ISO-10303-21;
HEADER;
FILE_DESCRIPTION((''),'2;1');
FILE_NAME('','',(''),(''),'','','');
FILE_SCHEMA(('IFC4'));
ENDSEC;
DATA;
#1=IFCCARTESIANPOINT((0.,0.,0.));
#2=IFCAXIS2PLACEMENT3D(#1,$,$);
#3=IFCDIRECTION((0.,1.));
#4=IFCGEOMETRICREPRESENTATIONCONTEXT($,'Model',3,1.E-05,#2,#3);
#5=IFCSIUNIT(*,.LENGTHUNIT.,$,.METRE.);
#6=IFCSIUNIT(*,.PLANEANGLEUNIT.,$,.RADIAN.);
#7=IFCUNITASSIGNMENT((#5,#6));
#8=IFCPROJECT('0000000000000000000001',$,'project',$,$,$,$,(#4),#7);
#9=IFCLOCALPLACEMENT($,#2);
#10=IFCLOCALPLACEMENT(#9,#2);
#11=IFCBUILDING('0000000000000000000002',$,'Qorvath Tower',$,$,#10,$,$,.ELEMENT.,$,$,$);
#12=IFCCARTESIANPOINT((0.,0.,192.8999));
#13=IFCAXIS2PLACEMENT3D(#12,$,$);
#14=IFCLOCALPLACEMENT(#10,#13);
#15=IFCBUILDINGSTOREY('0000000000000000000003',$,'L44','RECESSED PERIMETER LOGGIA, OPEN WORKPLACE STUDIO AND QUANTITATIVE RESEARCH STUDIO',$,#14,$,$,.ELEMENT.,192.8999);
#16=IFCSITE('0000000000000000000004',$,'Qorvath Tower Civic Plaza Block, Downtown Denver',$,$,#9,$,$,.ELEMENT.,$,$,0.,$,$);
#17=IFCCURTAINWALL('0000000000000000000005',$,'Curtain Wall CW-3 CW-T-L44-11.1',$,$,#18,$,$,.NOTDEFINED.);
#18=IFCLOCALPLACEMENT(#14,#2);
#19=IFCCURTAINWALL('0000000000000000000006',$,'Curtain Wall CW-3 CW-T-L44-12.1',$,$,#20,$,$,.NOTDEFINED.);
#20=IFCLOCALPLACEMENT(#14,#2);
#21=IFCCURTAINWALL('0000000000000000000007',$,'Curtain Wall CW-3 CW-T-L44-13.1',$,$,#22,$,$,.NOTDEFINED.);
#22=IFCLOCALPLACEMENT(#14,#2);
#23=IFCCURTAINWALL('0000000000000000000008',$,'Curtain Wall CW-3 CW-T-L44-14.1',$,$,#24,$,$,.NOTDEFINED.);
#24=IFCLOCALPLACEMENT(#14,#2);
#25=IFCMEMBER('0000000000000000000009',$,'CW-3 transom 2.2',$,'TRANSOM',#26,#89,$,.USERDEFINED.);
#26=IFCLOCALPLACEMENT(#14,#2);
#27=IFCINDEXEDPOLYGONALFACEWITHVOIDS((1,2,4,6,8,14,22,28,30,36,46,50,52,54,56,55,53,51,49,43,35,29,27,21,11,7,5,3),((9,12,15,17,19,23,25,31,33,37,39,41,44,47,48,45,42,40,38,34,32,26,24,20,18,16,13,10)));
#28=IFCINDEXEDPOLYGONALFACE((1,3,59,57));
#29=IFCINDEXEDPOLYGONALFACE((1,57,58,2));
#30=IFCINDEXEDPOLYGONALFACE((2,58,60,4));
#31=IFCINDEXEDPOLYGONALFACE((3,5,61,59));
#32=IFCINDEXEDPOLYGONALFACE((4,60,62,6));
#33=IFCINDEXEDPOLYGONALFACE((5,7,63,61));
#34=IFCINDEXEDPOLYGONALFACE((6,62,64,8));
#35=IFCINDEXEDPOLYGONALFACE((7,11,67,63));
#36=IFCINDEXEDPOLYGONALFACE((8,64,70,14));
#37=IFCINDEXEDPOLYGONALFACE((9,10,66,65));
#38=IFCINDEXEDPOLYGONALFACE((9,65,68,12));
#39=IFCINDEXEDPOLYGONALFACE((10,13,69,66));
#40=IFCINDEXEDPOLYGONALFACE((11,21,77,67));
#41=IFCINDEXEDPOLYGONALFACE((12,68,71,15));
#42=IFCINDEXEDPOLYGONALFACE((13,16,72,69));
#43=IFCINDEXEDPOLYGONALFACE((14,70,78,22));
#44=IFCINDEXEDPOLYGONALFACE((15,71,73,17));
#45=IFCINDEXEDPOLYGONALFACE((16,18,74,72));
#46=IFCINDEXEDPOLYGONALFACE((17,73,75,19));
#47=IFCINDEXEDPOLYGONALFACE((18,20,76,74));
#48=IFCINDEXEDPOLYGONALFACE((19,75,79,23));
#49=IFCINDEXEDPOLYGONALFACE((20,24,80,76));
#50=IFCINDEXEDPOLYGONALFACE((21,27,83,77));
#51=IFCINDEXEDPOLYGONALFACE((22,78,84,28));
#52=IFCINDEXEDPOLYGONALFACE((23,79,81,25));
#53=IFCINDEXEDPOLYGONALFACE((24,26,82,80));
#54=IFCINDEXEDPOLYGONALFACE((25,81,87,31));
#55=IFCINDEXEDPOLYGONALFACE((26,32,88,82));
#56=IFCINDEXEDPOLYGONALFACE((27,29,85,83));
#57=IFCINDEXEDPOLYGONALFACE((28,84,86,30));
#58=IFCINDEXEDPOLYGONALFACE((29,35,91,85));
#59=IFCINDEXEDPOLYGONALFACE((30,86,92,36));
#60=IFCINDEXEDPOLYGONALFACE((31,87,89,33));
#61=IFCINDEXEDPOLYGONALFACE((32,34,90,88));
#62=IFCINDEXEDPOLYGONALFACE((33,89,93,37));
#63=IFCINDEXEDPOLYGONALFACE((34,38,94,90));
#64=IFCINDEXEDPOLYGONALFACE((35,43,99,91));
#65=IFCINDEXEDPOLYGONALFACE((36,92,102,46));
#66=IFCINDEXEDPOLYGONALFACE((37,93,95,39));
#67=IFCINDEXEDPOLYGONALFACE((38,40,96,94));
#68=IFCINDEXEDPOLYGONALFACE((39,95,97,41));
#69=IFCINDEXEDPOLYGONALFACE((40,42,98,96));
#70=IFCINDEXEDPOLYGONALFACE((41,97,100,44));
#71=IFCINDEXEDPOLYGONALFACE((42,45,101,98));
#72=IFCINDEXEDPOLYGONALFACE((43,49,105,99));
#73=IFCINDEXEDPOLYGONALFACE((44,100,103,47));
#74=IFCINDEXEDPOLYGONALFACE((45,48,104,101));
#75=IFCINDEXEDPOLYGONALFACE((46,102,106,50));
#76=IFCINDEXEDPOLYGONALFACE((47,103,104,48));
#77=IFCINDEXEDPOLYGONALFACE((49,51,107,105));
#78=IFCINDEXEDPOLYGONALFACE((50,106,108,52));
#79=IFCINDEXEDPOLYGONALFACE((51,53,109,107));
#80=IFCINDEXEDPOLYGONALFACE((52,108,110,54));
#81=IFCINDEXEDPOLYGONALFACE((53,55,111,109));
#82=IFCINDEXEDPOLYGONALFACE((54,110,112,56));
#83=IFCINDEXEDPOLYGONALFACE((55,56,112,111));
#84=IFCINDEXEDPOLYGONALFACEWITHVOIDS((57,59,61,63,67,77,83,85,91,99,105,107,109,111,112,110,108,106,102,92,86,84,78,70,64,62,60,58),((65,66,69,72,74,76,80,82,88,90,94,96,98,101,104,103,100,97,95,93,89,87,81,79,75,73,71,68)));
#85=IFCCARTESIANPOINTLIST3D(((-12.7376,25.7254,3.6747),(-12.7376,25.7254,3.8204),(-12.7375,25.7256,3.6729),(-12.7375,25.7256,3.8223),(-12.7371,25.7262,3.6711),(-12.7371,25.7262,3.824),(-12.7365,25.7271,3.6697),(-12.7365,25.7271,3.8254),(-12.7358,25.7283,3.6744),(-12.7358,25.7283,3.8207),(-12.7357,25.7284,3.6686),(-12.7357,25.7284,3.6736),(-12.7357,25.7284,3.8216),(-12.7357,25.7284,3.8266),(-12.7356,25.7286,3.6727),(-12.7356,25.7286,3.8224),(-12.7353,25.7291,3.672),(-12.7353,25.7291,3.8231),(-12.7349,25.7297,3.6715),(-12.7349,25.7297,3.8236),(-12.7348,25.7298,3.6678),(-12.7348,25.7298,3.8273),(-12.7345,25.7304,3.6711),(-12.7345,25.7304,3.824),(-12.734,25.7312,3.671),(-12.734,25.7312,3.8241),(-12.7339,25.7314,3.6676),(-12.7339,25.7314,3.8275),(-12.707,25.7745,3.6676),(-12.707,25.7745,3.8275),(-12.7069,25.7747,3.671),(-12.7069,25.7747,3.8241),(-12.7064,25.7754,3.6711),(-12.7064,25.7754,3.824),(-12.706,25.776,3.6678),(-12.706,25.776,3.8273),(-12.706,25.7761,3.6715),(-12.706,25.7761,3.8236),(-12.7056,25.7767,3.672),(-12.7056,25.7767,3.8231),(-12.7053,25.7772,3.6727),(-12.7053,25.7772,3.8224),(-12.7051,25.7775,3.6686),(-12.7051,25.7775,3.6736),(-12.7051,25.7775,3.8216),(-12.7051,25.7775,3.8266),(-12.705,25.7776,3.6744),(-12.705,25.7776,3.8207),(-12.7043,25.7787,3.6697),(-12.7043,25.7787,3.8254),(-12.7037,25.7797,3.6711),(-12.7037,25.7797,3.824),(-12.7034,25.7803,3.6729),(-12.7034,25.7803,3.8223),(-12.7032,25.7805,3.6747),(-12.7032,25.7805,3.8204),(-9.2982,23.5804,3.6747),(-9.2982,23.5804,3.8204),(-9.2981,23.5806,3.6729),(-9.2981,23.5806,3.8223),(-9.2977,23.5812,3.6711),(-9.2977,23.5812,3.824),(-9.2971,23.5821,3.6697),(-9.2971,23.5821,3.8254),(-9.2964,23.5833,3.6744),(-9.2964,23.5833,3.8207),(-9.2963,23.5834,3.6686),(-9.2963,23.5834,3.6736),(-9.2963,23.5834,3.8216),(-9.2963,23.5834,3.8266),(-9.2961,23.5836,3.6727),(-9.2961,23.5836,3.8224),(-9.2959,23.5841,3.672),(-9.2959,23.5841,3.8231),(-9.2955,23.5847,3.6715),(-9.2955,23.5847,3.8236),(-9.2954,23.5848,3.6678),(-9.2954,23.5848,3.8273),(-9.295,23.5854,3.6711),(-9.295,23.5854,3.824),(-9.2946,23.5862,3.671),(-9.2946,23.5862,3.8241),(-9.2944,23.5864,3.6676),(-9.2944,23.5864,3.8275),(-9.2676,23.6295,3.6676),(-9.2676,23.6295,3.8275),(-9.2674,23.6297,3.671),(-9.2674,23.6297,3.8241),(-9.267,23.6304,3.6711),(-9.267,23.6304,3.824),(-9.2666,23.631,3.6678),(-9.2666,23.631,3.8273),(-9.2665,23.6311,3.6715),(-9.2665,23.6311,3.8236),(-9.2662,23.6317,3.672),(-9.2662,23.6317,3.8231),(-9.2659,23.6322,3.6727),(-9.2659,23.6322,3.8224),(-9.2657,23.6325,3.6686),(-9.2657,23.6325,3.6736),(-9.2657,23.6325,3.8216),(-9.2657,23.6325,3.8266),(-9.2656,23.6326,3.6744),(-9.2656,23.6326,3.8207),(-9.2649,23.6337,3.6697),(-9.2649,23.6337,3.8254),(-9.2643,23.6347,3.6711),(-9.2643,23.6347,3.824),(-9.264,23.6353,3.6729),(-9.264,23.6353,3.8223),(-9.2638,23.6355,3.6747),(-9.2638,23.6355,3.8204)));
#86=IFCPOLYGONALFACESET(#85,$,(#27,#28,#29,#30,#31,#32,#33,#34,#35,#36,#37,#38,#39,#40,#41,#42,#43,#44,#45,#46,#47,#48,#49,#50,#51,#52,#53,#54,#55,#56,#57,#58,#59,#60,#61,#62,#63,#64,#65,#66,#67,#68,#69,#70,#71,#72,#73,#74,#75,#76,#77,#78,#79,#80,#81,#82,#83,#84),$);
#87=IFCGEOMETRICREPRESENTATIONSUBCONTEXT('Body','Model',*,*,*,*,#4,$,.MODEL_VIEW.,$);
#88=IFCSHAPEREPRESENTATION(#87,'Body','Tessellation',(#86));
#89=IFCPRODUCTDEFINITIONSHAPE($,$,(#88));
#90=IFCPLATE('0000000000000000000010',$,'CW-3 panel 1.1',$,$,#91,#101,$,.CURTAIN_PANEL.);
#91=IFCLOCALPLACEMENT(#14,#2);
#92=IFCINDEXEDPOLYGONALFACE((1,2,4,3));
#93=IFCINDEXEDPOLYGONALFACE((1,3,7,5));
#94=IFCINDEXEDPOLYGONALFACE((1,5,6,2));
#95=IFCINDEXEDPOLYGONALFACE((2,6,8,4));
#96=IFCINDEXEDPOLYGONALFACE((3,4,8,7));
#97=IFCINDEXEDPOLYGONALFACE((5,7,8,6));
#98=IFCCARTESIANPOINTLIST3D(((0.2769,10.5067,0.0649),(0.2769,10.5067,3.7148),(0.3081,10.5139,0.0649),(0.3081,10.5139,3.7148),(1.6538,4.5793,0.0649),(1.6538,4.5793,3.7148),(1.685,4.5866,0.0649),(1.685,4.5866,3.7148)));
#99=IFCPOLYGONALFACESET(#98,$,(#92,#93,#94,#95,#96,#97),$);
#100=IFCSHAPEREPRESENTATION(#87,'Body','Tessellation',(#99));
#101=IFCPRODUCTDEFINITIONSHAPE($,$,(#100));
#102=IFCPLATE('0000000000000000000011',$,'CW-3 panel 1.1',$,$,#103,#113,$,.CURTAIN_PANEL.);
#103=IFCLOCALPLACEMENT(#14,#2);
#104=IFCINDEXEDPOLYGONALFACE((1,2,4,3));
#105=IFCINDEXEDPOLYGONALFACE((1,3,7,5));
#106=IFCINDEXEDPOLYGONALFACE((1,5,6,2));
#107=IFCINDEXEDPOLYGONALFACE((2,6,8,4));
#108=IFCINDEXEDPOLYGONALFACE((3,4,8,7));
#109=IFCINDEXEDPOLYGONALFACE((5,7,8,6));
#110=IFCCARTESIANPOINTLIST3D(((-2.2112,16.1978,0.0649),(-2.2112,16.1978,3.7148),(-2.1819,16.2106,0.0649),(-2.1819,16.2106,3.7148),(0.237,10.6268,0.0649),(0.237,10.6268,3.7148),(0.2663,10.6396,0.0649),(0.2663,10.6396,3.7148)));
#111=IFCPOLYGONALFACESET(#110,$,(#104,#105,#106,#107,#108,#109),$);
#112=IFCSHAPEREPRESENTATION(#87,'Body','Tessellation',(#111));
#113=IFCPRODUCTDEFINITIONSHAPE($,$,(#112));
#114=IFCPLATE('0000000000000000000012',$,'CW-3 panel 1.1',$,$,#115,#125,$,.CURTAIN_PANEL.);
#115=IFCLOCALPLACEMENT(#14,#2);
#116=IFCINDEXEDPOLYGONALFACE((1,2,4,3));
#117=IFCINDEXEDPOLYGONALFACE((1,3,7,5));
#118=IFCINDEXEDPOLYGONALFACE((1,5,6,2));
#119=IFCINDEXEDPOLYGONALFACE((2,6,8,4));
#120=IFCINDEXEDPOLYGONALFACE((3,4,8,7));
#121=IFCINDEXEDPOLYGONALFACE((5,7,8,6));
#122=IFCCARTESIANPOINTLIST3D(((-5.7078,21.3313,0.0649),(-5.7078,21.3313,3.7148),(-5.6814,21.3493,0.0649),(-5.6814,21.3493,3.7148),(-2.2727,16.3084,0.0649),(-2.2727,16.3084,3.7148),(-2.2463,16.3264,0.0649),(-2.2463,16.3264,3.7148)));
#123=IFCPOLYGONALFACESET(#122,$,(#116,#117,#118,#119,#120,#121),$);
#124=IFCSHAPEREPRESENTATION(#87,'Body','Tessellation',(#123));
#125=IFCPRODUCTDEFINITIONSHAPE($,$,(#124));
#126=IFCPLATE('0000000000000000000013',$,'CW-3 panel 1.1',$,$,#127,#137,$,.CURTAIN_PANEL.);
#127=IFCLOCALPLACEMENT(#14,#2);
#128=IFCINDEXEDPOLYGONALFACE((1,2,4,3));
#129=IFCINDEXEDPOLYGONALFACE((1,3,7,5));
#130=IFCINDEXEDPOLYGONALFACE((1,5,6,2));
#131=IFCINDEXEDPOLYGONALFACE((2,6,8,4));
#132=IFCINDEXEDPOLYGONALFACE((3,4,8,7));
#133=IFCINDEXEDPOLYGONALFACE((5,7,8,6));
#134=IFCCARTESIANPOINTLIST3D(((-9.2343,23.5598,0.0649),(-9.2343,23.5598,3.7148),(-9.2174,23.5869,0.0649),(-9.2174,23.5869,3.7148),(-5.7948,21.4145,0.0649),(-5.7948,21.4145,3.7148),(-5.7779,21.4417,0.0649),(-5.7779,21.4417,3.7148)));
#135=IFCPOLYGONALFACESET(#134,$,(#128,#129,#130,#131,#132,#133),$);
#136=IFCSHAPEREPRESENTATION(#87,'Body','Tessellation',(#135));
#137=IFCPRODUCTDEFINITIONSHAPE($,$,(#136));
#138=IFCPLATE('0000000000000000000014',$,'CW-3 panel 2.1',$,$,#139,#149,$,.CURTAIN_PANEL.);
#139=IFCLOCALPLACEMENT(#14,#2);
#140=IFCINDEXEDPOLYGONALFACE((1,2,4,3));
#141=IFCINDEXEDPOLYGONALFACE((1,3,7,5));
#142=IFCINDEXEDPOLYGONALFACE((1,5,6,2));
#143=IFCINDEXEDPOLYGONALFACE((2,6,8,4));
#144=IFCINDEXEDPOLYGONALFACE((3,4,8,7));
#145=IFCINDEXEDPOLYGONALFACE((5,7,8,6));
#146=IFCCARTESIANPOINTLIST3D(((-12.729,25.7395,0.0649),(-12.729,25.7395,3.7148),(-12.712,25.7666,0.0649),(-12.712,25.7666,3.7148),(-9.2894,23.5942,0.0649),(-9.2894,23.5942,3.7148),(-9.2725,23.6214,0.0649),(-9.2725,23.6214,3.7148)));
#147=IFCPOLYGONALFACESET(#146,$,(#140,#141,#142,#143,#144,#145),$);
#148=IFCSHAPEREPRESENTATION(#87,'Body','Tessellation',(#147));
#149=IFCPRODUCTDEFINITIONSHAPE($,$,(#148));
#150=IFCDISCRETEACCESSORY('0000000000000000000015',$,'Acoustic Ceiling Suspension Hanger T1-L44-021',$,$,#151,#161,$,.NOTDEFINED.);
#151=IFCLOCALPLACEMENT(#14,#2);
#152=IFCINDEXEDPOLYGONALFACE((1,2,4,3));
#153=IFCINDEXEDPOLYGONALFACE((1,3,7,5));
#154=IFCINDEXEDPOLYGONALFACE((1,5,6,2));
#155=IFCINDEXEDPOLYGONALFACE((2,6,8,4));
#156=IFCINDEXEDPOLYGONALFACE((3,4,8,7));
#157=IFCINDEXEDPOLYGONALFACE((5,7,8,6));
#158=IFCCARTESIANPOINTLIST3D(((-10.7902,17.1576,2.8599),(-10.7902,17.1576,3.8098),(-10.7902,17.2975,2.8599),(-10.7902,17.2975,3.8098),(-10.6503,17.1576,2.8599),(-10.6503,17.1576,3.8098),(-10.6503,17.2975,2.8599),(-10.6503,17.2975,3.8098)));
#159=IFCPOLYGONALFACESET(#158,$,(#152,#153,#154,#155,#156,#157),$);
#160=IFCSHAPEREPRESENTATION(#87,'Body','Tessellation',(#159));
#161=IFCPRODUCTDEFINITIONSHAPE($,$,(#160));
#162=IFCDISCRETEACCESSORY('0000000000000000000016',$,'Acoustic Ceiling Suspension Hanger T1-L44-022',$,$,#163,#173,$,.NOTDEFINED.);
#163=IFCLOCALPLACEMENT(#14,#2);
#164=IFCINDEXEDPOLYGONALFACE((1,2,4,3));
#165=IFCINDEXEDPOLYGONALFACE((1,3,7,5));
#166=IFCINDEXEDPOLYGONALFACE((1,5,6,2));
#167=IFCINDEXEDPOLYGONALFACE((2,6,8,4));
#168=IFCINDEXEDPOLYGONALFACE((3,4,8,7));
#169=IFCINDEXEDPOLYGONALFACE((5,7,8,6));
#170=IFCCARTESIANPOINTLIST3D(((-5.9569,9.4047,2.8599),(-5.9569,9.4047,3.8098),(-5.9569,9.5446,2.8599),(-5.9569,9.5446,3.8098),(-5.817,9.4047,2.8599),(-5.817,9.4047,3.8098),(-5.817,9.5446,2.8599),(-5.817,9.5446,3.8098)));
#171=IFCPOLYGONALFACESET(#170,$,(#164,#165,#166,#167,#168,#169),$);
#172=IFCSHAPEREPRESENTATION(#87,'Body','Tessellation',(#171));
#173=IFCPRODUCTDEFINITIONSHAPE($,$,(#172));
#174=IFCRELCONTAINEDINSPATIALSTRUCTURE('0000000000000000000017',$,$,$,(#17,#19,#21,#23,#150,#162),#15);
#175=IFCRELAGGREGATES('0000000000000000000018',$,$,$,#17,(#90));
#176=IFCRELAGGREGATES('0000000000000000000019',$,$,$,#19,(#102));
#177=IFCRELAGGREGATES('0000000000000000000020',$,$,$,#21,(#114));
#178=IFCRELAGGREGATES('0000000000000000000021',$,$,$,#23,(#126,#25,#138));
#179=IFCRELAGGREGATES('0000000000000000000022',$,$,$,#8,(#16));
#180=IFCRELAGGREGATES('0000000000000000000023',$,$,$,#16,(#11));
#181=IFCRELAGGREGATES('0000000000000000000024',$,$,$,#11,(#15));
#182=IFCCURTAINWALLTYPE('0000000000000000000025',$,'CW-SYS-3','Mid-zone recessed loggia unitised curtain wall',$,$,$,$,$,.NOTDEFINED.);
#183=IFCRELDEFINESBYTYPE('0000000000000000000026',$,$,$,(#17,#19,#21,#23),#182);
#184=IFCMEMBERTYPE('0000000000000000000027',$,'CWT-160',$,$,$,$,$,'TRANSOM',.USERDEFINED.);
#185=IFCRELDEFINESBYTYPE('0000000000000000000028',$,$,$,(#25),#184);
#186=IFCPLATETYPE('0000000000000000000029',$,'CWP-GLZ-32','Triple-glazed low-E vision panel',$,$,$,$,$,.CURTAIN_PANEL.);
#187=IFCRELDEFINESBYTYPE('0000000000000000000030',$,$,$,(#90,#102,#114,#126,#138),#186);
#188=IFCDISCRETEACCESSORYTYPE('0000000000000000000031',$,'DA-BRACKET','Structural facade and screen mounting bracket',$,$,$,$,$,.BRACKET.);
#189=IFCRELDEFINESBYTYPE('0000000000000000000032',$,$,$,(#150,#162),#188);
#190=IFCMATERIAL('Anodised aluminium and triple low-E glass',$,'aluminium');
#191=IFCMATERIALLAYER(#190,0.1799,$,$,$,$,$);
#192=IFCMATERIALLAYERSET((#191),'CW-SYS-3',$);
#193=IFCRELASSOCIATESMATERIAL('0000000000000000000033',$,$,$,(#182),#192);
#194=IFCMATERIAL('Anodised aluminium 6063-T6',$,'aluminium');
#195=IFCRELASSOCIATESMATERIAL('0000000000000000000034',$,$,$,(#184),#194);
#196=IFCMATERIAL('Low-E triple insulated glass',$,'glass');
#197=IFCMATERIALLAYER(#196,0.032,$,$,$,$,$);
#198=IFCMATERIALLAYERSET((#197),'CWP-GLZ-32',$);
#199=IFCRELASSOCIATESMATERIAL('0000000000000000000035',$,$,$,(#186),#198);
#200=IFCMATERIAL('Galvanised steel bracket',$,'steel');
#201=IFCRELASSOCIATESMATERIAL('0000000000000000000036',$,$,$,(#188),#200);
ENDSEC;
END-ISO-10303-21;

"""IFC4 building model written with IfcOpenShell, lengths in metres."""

from ifc_helpers import new_model, si_unit, direction, frame, origin, origin_2d, place, context, subcontext, project, spatial, rectangle, hollow_rectangle, extrude, material, layer, layer_set, material_profile, profile_set, type_object, element, aggregate, save


model = new_model("IFC4")

# Units and contexts
model_context = context("Model", 3, precision=1e-05, world=origin(), true_north=direction((0.0, 1.0)))
body_context = subcontext(model_context, "Body", "Model", "MODEL_VIEW")
ifc_project = project(units=[si_unit("LENGTHUNIT", "METRE"), si_unit("PLANEANGLEUNIT", "RADIAN")], contexts=[model_context])

# Site, building, storey
site_placement = place(None, origin())
site = spatial("IfcSite", under=ifc_project, at=site_placement, Name="Qorvath Tower Civic Plaza Block, Downtown Denver", CompositionType="ELEMENT", RefElevation=0.0)
building_placement = place(site_placement, origin())
building = spatial("IfcBuilding", under=site, at=building_placement, Name="Qorvath Tower", CompositionType="ELEMENT")
storey_placement = place(building_placement, frame((0.0, 0.0, 192.8999)))
storey = spatial("IfcBuildingStorey", under=building, at=storey_placement, Name="L44", Description="RECESSED PERIMETER LOGGIA, OPEN WORKPLACE STUDIO AND QUANTITATIVE RESEARCH STUDIO", CompositionType="ELEMENT", Elevation=192.8999)

# Curtain wall
ifc_material_1 = material(Name="Anodised aluminium and triple low-E glass", Category="aluminium")
ifc_layer_1 = layer(ifc_material_1, 0.1799)
ifc_layer_set_1 = layer_set([ifc_layer_1], Name="CW-SYS-3")
curtain_wall_type = type_object("IfcCurtainWallType", Name="CW-SYS-3", Description="Mid-zone recessed loggia unitised curtain wall", PredefinedType="NOTDEFINED", material=ifc_layer_set_1)
curtain_wall_1_placement = place(storey_placement, origin())
curtain_wall_1 = element("IfcCurtainWall", 1, at=curtain_wall_1_placement, inside=storey, type_object=curtain_wall_type, Name="Curtain Wall CW-3 CW-T-L44-11.1", PredefinedType="NOTDEFINED")

# Curtain walls
curtain_wall_2_placement = place(storey_placement, origin())
curtain_wall_2 = element("IfcCurtainWall", 2, at=curtain_wall_2_placement, inside=storey, type_object=curtain_wall_type, Name="Curtain Wall CW-3 CW-T-L44-12.1", PredefinedType="NOTDEFINED")
curtain_wall_3_placement = place(storey_placement, origin())
curtain_wall_3 = element("IfcCurtainWall", 3, at=curtain_wall_3_placement, inside=storey, type_object=curtain_wall_type, Name="Curtain Wall CW-3 CW-T-L44-13.1", PredefinedType="NOTDEFINED")
curtain_wall_4_placement = place(storey_placement, origin())
curtain_wall_4 = element("IfcCurtainWall", 4, at=curtain_wall_4_placement, inside=storey, type_object=curtain_wall_type, Name="Curtain Wall CW-3 CW-T-L44-14.1", PredefinedType="NOTDEFINED")

# Member
ifc_material_2 = material(Name="Anodised aluminium 6063-T6", Category="aluminium")
ifc_material_profile_1 = material_profile(ifc_material_2, hollow_rectangle(XDim=0.0649, YDim=0.1599, WallThickness=0.0034, InnerFilletRadius=0.0034, OuterFilletRadius=0.0071, at=origin_2d()), Name="CWT 160x65")
ifc_profile_set_1 = profile_set([ifc_material_profile_1], Name="Anodised aluminium 6063-T6")
member_type_1 = type_object("IfcMemberType", Name="CWT-160", ElementType="TRANSOM", PredefinedType="USERDEFINED", material=ifc_profile_set_1)
member_1_placement = place(storey_placement, frame((-9.281, 23.6079, 3.7476), z_axis=(-0.848512, 0.529176, 0.0), x_axis=(-0.529176, -0.848512, 0.0)))
member_1 = element("IfcMember", 5, at=member_1_placement, type_object=member_type_1, Name="CW-3 transom 2.2", ObjectType="TRANSOM", PredefinedType="USERDEFINED", context=body_context, shape_type="SweptSolid", body=[
    extrude(hollow_rectangle(XDim=0.0649, YDim=0.1599, WallThickness=0.0034, InnerFilletRadius=0.0034, OuterFilletRadius=0.0071, at=origin_2d()), origin(), (0.0, 0.0, 1.0), 4.0535),
])

# Plates
ifc_material_3 = material(Name="Low-E triple insulated glass", Category="glass")
ifc_layer_2 = layer(ifc_material_3, 0.032)
ifc_layer_set_2 = layer_set([ifc_layer_2], Name="CWP-GLZ-32")
plate_type = type_object("IfcPlateType", Name="CWP-GLZ-32", Description="Triple-glazed low-E vision panel", PredefinedType="CURTAIN_PANEL", material=ifc_layer_set_2)
plate_1_placement = place(storey_placement, frame((0.981, 7.5466, 0.0649), z_axis=(0.0, 0.0, 1.0), x_axis=(-0.226272, 0.974064, 0.0)))
plate_1 = element("IfcPlate", 6, at=plate_1_placement, type_object=plate_type, Name="CW-3 panel 1.1", PredefinedType="CURTAIN_PANEL", context=body_context, shape_type="SweptSolid", body=[
    extrude(rectangle(XDim=6.0852, YDim=0.032, at=origin_2d()), origin(), (0.0, 0.0, 1.0), 3.6499),
])
aggregate(curtain_wall_1, [plate_1])
plate_2_placement = place(storey_placement, frame((-0.9724, 13.4187, 0.0649), z_axis=(0.0, 0.0, 1.0), x_axis=(-0.402321, 0.915499, 0.0)))
plate_2 = element("IfcPlate", 7, at=plate_2_placement, type_object=plate_type, Name="CW-3 panel 1.1", PredefinedType="CURTAIN_PANEL", context=body_context, shape_type="SweptSolid", body=[
    extrude(rectangle(XDim=6.0852, YDim=0.032, at=origin_2d()), origin(), (0.0, 0.0, 1.0), 3.6499),
])
aggregate(curtain_wall_2, [plate_2])
plate_3_placement = place(storey_placement, frame((-3.9771, 18.8289, 0.0649), z_axis=(0.0, 0.0, 1.0), x_axis=(-0.564512, 0.825425, 0.0)))
plate_3 = element("IfcPlate", 8, at=plate_3_placement, type_object=plate_type, Name="CW-3 panel 1.1", PredefinedType="CURTAIN_PANEL", context=body_context, shape_type="SweptSolid", body=[
    extrude(rectangle(XDim=6.0852, YDim=0.032, at=origin_2d()), origin(), (0.0, 0.0, 1.0), 3.6499),
])
aggregate(curtain_wall_3, [plate_3])
plate_4_placement = place(storey_placement, frame((-7.5061, 22.5007, 0.0649), z_axis=(0.0, 0.0, 1.0), x_axis=(-0.848493, 0.529206, 0.0)))
plate_4 = element("IfcPlate", 9, at=plate_4_placement, type_object=plate_type, Name="CW-3 panel 1.1", PredefinedType="CURTAIN_PANEL", context=body_context, shape_type="SweptSolid", body=[
    extrude(rectangle(XDim=4.0537, YDim=0.032, at=origin_2d()), origin(), (0.0, 0.0, 1.0), 3.6499),
])
plate_5_placement = place(storey_placement, frame((-11.0007, 24.6804, 0.0649), z_axis=(0.0, 0.0, 1.0), x_axis=(-0.848493, 0.529206, 0.0)))
plate_5 = element("IfcPlate", 10, at=plate_5_placement, type_object=plate_type, Name="CW-3 panel 2.1", PredefinedType="CURTAIN_PANEL", context=body_context, shape_type="SweptSolid", body=[
    extrude(rectangle(XDim=4.0537, YDim=0.032, at=origin_2d()), origin(), (0.0, 0.0, 1.0), 3.6499),
])
aggregate(curtain_wall_4, [plate_4, member_1, plate_5])

# Discrete accessories
ifc_material_4 = material(Name="Galvanised steel bracket", Category="steel")
discrete_accessory_type = type_object("IfcDiscreteAccessoryType", Name="DA-BRACKET", Description="Structural facade and screen mounting bracket", PredefinedType="BRACKET", material=ifc_material_4)
for number, where, z_axis, x_axis, name in (
    (11, (-10.7202, 17.2275, 2.8599), (0.0, 0.0, 1.0), (1.0, 0.0, 0.0), "Acoustic Ceiling Suspension Hanger T1-L44-021"),
    (12, (-5.887, 9.4746, 2.8599), (0.0, 0.0, 1.0), (1.0, 0.0, 0.0), "Acoustic Ceiling Suspension Hanger T1-L44-022"),
):
    element("IfcDiscreteAccessory", number, at=place(storey_placement, frame(where, z_axis=z_axis, x_axis=x_axis)), inside=storey, type_object=discrete_accessory_type, Name=name, PredefinedType="NOTDEFINED", context=body_context, shape_type="SweptSolid", body=[
        extrude(rectangle(XDim=0.1399, YDim=0.1399, at=origin_2d()), origin(), (0.0, 0.0, 1.0), 0.95),
    ])

save(model, "model.ifc")
